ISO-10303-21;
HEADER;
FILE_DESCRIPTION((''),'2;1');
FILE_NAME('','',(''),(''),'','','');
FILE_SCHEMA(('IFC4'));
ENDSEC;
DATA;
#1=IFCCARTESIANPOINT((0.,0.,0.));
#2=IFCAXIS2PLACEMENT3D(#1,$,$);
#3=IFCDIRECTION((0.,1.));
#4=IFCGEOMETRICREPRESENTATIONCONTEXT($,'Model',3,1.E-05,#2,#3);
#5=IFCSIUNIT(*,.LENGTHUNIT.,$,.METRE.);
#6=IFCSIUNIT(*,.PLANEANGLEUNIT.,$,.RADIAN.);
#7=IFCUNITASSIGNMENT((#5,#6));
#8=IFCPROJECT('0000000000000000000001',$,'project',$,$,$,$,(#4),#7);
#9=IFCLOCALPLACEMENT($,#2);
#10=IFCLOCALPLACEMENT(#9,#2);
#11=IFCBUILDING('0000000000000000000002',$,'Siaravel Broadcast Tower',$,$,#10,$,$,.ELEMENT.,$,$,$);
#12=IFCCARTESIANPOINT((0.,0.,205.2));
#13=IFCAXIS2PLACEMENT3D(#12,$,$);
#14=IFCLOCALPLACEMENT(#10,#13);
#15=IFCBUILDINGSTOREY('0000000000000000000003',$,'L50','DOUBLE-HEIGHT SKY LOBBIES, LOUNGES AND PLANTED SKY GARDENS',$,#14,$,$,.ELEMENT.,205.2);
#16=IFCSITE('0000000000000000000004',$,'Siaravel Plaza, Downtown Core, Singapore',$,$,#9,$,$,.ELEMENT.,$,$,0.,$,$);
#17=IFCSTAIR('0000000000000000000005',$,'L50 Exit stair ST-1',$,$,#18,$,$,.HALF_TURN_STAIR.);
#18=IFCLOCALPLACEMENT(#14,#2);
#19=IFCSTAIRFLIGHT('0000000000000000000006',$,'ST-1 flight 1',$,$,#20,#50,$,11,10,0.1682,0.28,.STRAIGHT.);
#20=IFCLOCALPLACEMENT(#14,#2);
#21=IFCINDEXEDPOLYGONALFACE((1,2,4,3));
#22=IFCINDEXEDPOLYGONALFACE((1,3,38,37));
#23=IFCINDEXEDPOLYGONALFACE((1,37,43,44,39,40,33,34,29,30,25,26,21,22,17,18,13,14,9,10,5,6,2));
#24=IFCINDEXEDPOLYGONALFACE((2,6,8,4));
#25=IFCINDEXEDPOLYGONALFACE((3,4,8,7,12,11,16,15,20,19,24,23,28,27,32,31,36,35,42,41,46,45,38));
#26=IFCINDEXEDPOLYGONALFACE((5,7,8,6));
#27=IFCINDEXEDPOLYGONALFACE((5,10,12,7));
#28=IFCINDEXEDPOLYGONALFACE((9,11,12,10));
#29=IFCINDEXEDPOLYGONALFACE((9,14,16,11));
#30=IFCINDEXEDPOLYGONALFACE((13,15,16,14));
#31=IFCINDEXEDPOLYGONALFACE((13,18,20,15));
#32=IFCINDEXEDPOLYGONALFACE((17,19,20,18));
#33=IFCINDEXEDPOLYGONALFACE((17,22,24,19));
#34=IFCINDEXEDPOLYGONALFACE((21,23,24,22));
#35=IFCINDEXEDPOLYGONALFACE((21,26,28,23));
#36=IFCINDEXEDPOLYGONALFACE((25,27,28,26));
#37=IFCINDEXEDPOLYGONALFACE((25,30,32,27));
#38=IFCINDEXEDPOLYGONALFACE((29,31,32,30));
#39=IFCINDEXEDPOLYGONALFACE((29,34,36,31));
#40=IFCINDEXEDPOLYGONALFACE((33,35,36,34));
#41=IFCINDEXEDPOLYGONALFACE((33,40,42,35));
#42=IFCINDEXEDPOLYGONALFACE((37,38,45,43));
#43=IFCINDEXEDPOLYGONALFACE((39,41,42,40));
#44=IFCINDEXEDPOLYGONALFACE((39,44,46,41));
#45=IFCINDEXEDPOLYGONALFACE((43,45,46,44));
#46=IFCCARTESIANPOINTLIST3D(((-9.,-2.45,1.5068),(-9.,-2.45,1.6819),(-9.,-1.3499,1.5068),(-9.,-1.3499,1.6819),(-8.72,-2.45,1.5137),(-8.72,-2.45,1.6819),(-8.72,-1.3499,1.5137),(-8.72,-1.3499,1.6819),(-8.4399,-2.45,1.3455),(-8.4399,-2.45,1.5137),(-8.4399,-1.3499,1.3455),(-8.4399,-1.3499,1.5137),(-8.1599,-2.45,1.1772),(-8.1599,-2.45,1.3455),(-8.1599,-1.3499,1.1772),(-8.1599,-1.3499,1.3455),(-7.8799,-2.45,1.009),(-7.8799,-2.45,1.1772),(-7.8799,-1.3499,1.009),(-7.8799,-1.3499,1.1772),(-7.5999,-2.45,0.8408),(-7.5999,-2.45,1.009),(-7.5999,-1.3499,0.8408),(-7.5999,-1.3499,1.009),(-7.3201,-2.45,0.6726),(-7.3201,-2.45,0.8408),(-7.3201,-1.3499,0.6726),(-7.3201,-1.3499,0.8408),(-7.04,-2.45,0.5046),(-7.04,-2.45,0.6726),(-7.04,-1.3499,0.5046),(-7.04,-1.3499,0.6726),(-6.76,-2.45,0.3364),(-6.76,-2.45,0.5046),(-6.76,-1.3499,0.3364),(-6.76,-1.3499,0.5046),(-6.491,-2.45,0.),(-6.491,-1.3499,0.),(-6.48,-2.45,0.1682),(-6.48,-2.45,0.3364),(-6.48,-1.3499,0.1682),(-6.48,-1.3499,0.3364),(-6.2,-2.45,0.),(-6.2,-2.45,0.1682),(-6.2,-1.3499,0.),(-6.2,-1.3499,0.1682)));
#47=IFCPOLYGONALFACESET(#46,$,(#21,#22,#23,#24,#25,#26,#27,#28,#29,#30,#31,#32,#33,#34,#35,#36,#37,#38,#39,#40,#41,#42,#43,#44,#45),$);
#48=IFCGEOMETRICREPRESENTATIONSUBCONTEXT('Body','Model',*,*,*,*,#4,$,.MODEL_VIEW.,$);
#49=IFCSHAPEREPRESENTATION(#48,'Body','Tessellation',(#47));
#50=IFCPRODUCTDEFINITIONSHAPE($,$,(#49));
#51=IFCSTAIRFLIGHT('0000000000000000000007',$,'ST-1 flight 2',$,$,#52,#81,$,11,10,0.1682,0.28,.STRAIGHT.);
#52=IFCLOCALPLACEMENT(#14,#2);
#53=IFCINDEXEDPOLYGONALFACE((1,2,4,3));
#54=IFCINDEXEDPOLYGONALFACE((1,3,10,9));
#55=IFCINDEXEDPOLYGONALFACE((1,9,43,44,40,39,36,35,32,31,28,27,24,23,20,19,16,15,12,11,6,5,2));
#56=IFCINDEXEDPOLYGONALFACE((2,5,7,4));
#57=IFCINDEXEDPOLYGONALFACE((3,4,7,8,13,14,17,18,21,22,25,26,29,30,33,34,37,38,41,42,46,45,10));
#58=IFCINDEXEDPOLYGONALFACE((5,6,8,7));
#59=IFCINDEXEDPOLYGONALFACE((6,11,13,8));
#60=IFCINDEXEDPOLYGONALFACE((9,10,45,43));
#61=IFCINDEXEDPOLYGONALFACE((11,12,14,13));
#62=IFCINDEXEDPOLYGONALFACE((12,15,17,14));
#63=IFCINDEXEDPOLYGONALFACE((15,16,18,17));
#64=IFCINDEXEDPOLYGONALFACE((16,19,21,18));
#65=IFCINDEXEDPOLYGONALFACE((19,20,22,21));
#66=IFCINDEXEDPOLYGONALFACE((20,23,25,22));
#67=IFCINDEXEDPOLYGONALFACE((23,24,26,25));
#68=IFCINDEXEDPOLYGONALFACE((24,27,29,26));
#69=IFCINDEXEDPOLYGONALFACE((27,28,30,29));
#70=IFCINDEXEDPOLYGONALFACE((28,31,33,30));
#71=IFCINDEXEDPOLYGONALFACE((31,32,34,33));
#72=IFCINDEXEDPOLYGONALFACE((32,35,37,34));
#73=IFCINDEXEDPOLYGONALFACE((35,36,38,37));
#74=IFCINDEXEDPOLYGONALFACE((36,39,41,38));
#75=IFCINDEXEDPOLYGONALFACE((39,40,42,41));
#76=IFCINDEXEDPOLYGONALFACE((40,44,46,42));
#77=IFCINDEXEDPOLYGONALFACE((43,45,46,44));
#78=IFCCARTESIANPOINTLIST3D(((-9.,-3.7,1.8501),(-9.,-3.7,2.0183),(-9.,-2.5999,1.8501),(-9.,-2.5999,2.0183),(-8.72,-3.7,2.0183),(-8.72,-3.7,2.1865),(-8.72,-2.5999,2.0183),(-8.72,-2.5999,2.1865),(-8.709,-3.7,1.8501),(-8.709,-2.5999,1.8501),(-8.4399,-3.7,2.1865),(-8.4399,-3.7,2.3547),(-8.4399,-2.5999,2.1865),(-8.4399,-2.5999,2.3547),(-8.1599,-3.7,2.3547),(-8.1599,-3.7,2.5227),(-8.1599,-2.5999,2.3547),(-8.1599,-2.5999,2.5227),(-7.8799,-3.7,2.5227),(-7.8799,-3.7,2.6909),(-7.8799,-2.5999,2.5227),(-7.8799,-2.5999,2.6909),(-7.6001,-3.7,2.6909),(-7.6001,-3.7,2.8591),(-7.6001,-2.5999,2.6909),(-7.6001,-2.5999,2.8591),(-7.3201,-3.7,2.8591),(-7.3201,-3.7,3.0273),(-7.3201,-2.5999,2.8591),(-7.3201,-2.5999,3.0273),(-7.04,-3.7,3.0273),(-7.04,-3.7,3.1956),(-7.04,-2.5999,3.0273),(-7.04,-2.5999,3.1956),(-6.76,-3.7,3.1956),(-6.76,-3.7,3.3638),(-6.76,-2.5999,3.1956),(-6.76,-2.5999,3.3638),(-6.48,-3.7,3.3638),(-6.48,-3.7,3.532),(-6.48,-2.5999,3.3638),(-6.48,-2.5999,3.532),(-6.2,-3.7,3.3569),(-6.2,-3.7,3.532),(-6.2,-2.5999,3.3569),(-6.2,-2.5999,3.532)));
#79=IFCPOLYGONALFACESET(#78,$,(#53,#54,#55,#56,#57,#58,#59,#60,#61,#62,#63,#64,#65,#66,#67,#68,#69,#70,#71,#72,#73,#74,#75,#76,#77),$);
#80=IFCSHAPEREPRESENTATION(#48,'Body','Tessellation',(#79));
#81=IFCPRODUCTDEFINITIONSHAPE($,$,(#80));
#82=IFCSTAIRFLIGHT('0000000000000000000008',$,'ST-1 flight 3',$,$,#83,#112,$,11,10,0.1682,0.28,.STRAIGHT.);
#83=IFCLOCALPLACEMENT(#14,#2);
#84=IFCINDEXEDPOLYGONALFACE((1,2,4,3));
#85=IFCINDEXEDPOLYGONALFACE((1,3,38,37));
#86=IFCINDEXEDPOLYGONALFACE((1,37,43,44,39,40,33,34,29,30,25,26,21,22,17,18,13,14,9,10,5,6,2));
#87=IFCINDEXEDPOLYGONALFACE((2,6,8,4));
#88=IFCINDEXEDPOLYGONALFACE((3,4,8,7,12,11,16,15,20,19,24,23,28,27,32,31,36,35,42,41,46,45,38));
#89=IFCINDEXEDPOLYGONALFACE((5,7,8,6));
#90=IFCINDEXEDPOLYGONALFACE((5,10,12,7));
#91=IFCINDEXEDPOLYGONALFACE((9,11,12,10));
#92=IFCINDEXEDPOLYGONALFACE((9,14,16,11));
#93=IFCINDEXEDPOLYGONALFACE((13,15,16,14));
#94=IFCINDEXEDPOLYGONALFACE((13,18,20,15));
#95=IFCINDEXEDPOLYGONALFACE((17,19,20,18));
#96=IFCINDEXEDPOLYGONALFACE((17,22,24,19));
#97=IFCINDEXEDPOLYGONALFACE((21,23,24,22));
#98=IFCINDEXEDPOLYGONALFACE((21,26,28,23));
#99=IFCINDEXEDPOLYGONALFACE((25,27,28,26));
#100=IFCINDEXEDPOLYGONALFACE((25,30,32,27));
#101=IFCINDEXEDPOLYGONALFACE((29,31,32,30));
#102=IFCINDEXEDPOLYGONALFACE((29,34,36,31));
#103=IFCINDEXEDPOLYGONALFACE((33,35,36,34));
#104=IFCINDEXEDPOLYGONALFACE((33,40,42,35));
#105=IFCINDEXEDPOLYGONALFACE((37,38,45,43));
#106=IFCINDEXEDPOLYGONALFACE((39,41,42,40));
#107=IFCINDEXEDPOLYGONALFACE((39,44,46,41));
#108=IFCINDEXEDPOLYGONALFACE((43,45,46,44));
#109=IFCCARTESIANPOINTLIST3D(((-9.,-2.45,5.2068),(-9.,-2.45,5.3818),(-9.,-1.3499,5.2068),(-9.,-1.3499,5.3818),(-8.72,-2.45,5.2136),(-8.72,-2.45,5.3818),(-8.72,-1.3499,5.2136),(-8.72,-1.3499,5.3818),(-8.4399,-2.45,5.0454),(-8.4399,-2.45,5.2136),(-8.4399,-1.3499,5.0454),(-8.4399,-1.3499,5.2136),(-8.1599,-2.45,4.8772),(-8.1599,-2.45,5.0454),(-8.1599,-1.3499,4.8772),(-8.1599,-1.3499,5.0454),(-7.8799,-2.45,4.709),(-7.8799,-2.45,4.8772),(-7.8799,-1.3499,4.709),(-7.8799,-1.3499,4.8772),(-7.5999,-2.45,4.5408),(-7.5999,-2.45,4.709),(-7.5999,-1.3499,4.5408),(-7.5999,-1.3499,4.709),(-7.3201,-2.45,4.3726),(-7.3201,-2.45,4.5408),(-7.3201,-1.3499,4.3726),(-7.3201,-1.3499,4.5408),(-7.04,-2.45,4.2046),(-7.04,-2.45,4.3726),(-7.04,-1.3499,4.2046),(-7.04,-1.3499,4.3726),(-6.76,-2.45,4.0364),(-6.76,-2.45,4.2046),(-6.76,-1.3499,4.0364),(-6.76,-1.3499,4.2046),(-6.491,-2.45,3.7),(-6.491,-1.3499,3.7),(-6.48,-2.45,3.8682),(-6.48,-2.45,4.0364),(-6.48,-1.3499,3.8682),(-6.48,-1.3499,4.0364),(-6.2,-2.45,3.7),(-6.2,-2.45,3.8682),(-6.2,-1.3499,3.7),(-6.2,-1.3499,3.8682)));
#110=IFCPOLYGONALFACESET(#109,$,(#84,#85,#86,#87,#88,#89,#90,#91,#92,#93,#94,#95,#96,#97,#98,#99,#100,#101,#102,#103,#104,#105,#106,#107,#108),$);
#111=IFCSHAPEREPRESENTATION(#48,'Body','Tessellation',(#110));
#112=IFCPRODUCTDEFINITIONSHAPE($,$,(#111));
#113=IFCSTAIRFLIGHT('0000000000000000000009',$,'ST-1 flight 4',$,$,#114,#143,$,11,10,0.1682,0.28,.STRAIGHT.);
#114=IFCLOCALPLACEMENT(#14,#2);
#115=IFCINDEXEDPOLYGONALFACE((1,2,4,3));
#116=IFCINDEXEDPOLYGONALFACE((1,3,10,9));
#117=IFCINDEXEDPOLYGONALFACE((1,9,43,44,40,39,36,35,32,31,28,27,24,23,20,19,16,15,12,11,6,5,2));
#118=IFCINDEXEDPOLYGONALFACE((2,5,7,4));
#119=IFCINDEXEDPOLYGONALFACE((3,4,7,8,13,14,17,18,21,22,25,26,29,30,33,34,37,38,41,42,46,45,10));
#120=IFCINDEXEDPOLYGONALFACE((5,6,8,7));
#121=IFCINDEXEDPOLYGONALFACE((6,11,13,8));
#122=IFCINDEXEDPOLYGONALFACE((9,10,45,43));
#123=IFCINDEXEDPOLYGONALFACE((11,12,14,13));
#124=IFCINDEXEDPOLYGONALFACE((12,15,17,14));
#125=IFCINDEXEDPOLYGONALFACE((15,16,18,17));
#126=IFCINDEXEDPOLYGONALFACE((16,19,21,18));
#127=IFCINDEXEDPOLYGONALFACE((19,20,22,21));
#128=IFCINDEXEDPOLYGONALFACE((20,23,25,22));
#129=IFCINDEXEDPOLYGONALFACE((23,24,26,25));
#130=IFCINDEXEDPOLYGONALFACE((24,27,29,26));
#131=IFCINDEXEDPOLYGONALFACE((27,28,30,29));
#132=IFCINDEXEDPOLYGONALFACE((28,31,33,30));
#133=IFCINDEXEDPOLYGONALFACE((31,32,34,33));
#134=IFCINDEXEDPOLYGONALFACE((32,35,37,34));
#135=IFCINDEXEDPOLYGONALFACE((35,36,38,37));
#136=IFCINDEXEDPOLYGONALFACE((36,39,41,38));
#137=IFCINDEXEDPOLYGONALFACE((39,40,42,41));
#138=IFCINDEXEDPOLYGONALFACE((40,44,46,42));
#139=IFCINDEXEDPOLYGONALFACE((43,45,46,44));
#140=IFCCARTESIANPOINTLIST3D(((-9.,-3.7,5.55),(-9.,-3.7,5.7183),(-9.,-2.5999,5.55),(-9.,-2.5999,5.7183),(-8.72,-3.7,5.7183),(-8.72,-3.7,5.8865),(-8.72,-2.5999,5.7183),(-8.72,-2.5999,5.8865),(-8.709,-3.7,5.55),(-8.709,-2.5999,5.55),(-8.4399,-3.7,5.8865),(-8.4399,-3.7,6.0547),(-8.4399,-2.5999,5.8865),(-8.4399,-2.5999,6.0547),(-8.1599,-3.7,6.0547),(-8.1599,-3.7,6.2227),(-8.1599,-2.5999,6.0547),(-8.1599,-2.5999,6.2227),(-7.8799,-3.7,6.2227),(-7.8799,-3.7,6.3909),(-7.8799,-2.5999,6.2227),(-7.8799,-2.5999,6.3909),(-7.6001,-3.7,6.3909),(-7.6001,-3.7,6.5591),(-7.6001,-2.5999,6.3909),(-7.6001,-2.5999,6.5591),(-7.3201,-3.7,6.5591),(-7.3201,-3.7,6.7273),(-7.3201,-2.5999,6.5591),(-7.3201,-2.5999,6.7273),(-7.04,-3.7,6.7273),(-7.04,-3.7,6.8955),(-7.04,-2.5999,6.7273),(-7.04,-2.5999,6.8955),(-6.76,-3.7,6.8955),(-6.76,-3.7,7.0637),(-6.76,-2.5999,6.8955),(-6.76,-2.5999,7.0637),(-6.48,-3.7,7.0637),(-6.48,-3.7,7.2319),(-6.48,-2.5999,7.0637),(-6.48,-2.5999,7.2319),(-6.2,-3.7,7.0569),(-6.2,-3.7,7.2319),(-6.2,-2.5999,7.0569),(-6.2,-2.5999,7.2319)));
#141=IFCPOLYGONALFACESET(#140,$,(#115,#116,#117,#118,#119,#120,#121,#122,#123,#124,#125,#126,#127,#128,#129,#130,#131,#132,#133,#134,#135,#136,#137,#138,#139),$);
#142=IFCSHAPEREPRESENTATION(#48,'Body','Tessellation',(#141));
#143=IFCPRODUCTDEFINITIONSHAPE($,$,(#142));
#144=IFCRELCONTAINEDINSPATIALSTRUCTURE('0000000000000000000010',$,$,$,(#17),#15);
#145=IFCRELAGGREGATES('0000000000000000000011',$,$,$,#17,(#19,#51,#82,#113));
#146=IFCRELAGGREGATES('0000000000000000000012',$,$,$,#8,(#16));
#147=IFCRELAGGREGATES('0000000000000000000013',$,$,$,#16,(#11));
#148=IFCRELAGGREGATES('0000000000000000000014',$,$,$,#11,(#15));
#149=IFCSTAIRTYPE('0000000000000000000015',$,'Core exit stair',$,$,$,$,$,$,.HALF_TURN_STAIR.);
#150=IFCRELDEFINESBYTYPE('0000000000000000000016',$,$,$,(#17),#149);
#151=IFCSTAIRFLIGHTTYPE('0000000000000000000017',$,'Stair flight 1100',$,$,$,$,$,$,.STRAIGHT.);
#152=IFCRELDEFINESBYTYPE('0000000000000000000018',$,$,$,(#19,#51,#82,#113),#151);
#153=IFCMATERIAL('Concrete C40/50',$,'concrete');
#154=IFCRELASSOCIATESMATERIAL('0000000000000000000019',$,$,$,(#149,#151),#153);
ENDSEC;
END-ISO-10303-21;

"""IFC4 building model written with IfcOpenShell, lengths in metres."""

from ifc_helpers import new_model, si_unit, direction, frame, origin, place, context, subcontext, project, spatial, polyline, outline, extrude, material, type_object, element, aggregate, save


model = new_model("IFC4")

# Units and contexts
model_context = context("Model", 3, precision=1e-05, world=origin(), true_north=direction((0.0, 1.0)))
body_context = subcontext(model_context, "Body", "Model", "MODEL_VIEW")
ifc_project = project(units=[si_unit("LENGTHUNIT", "METRE"), si_unit("PLANEANGLEUNIT", "RADIAN")], contexts=[model_context])

# Site, building, storey
site_placement = place(None, origin())
site = spatial("IfcSite", under=ifc_project, at=site_placement, Name="Siaravel Plaza, Downtown Core, Singapore", CompositionType="ELEMENT", RefElevation=0.0)
building_placement = place(site_placement, origin())
building = spatial("IfcBuilding", under=site, at=building_placement, Name="Siaravel Broadcast Tower", CompositionType="ELEMENT")
storey_placement = place(building_placement, frame((0.0, 0.0, 205.2)))
storey = spatial("IfcBuildingStorey", under=building, at=storey_placement, Name="L50", Description="DOUBLE-HEIGHT SKY LOBBIES, LOUNGES AND PLANTED SKY GARDENS", CompositionType="ELEMENT", Elevation=205.2)

# Stair, stair flights
ifc_material_1 = material(Name="Concrete C40/50", Category="concrete")
stair_type = type_object("IfcStairType", Name="Core exit stair", PredefinedType="HALF_TURN_STAIR", material=ifc_material_1)
stair_placement = place(storey_placement, origin())
stair = element("IfcStair", 1, at=stair_placement, inside=storey, type_object=stair_type, Name="L50 Exit stair ST-1", PredefinedType="HALF_TURN_STAIR")
stair_flight_type = type_object("IfcStairFlightType", Name="Stair flight 1100", PredefinedType="STRAIGHT", material=ifc_material_1)
stair_flight_1_placement = place(storey_placement, frame((-6.2, -1.8999, 0.0), z_axis=(0.0, 0.0, 1.0), x_axis=(-1.0, 0.0, 0.0)))
stair_flight_1 = element("IfcStairFlight", 2, at=stair_flight_1_placement, type_object=stair_flight_type, Name="ST-1 flight 1", NumberOfRisers=11, NumberOfTreads=10, PredefinedType="STRAIGHT", RiserHeight=0.1682, TreadLength=0.28, context=body_context, shape_type="SweptSolid", body=[
    extrude(outline(polyline([(0.0, 0.0), (0.0, 0.1682), (0.28, 0.1682), (0.28, 0.3364), (0.5601, 0.3364), (0.5601, 0.5046), (0.8401, 0.5046), (0.8401, 0.6726), (1.1201, 0.6726), (1.1201, 0.8408), (1.3999, 0.8408), (1.3999, 1.009), (1.6799, 1.009), (1.6799, 1.1772), (1.96, 1.1772), (1.96, 1.3455), (2.24, 1.3455), (2.24, 1.5137), (2.52, 1.5137), (2.52, 1.6819), (2.8, 1.6819), (2.8, 1.8501), (2.8, 1.5068), (0.291, 0.0), (0.0, 0.0)])), frame((0.0, 0.55, 0.0), z_axis=(0.0, -1.0, 0.0), x_axis=(1.0, 0.0, 0.0)), (0.0, 0.0, 1.0), 1.1001),
])
stair_flight_2_placement = place(storey_placement, frame((-9.0, -3.1499, 1.8501), z_axis=(0.0, 0.0, 1.0), x_axis=(1.0, 0.0, 0.0)))
stair_flight_2 = element("IfcStairFlight", 3, at=stair_flight_2_placement, type_object=stair_flight_type, Name="ST-1 flight 2", NumberOfRisers=11, NumberOfTreads=10, PredefinedType="STRAIGHT", RiserHeight=0.1682, TreadLength=0.28, context=body_context, shape_type="SweptSolid", body=[
    extrude(outline(polyline([(0.0, 0.0), (0.0, 0.1682), (0.28, 0.1682), (0.28, 0.3364), (0.5601, 0.3364), (0.5601, 0.5046), (0.8401, 0.5046), (0.8401, 0.6726), (1.1201, 0.6726), (1.1201, 0.8408), (1.3999, 0.8408), (1.3999, 1.009), (1.6799, 1.009), (1.6799, 1.1772), (1.96, 1.1772), (1.96, 1.3455), (2.24, 1.3455), (2.24, 1.5137), (2.52, 1.5137), (2.52, 1.6819), (2.8, 1.6819), (2.8, 1.8501), (2.8, 1.5068), (0.291, 0.0), (0.0, 0.0)])), frame((0.0, 0.55, 0.0), z_axis=(0.0, -1.0, 0.0), x_axis=(1.0, 0.0, 0.0)), (0.0, 0.0, 1.0), 1.1001),
])
stair_flight_3_placement = place(storey_placement, frame((-6.2, -1.8999, 3.7), z_axis=(0.0, 0.0, 1.0), x_axis=(-1.0, 0.0, 0.0)))
stair_flight_3 = element("IfcStairFlight", 4, at=stair_flight_3_placement, type_object=stair_flight_type, Name="ST-1 flight 3", NumberOfRisers=11, NumberOfTreads=10, PredefinedType="STRAIGHT", RiserHeight=0.1682, TreadLength=0.28, context=body_context, shape_type="SweptSolid", body=[
    extrude(outline(polyline([(0.0, 0.0), (0.0, 0.1682), (0.28, 0.1682), (0.28, 0.3364), (0.5601, 0.3364), (0.5601, 0.5046), (0.8401, 0.5046), (0.8401, 0.6726), (1.1201, 0.6726), (1.1201, 0.8408), (1.3999, 0.8408), (1.3999, 1.009), (1.6799, 1.009), (1.6799, 1.1772), (1.96, 1.1772), (1.96, 1.3455), (2.24, 1.3455), (2.24, 1.5137), (2.52, 1.5137), (2.52, 1.6819), (2.8, 1.6819), (2.8, 1.8501), (2.8, 1.5068), (0.291, 0.0), (0.0, 0.0)])), frame((0.0, 0.55, 0.0), z_axis=(0.0, -1.0, 0.0), x_axis=(1.0, 0.0, 0.0)), (0.0, 0.0, 1.0), 1.1001),
])
stair_flight_4_placement = place(storey_placement, frame((-9.0, -3.1499, 5.55), z_axis=(0.0, 0.0, 1.0), x_axis=(1.0, 0.0, 0.0)))
stair_flight_4 = element("IfcStairFlight", 5, at=stair_flight_4_placement, type_object=stair_flight_type, Name="ST-1 flight 4", NumberOfRisers=11, NumberOfTreads=10, PredefinedType="STRAIGHT", RiserHeight=0.1682, TreadLength=0.28, context=body_context, shape_type="SweptSolid", body=[
    extrude(outline(polyline([(0.0, 0.0), (0.0, 0.1682), (0.28, 0.1682), (0.28, 0.3364), (0.5601, 0.3364), (0.5601, 0.5046), (0.8401, 0.5046), (0.8401, 0.6726), (1.1201, 0.6726), (1.1201, 0.8408), (1.3999, 0.8408), (1.3999, 1.009), (1.6799, 1.009), (1.6799, 1.1772), (1.96, 1.1772), (1.96, 1.3455), (2.24, 1.3455), (2.24, 1.5137), (2.52, 1.5137), (2.52, 1.6819), (2.8, 1.6819), (2.8, 1.8501), (2.8, 1.5068), (0.291, 0.0), (0.0, 0.0)])), frame((0.0, 0.55, 0.0), z_axis=(0.0, -1.0, 0.0), x_axis=(1.0, 0.0, 0.0)), (0.0, 0.0, 1.0), 1.1001),
])
aggregate(stair, [stair_flight_1, stair_flight_2, stair_flight_3, stair_flight_4])

save(model, "model.ifc")
